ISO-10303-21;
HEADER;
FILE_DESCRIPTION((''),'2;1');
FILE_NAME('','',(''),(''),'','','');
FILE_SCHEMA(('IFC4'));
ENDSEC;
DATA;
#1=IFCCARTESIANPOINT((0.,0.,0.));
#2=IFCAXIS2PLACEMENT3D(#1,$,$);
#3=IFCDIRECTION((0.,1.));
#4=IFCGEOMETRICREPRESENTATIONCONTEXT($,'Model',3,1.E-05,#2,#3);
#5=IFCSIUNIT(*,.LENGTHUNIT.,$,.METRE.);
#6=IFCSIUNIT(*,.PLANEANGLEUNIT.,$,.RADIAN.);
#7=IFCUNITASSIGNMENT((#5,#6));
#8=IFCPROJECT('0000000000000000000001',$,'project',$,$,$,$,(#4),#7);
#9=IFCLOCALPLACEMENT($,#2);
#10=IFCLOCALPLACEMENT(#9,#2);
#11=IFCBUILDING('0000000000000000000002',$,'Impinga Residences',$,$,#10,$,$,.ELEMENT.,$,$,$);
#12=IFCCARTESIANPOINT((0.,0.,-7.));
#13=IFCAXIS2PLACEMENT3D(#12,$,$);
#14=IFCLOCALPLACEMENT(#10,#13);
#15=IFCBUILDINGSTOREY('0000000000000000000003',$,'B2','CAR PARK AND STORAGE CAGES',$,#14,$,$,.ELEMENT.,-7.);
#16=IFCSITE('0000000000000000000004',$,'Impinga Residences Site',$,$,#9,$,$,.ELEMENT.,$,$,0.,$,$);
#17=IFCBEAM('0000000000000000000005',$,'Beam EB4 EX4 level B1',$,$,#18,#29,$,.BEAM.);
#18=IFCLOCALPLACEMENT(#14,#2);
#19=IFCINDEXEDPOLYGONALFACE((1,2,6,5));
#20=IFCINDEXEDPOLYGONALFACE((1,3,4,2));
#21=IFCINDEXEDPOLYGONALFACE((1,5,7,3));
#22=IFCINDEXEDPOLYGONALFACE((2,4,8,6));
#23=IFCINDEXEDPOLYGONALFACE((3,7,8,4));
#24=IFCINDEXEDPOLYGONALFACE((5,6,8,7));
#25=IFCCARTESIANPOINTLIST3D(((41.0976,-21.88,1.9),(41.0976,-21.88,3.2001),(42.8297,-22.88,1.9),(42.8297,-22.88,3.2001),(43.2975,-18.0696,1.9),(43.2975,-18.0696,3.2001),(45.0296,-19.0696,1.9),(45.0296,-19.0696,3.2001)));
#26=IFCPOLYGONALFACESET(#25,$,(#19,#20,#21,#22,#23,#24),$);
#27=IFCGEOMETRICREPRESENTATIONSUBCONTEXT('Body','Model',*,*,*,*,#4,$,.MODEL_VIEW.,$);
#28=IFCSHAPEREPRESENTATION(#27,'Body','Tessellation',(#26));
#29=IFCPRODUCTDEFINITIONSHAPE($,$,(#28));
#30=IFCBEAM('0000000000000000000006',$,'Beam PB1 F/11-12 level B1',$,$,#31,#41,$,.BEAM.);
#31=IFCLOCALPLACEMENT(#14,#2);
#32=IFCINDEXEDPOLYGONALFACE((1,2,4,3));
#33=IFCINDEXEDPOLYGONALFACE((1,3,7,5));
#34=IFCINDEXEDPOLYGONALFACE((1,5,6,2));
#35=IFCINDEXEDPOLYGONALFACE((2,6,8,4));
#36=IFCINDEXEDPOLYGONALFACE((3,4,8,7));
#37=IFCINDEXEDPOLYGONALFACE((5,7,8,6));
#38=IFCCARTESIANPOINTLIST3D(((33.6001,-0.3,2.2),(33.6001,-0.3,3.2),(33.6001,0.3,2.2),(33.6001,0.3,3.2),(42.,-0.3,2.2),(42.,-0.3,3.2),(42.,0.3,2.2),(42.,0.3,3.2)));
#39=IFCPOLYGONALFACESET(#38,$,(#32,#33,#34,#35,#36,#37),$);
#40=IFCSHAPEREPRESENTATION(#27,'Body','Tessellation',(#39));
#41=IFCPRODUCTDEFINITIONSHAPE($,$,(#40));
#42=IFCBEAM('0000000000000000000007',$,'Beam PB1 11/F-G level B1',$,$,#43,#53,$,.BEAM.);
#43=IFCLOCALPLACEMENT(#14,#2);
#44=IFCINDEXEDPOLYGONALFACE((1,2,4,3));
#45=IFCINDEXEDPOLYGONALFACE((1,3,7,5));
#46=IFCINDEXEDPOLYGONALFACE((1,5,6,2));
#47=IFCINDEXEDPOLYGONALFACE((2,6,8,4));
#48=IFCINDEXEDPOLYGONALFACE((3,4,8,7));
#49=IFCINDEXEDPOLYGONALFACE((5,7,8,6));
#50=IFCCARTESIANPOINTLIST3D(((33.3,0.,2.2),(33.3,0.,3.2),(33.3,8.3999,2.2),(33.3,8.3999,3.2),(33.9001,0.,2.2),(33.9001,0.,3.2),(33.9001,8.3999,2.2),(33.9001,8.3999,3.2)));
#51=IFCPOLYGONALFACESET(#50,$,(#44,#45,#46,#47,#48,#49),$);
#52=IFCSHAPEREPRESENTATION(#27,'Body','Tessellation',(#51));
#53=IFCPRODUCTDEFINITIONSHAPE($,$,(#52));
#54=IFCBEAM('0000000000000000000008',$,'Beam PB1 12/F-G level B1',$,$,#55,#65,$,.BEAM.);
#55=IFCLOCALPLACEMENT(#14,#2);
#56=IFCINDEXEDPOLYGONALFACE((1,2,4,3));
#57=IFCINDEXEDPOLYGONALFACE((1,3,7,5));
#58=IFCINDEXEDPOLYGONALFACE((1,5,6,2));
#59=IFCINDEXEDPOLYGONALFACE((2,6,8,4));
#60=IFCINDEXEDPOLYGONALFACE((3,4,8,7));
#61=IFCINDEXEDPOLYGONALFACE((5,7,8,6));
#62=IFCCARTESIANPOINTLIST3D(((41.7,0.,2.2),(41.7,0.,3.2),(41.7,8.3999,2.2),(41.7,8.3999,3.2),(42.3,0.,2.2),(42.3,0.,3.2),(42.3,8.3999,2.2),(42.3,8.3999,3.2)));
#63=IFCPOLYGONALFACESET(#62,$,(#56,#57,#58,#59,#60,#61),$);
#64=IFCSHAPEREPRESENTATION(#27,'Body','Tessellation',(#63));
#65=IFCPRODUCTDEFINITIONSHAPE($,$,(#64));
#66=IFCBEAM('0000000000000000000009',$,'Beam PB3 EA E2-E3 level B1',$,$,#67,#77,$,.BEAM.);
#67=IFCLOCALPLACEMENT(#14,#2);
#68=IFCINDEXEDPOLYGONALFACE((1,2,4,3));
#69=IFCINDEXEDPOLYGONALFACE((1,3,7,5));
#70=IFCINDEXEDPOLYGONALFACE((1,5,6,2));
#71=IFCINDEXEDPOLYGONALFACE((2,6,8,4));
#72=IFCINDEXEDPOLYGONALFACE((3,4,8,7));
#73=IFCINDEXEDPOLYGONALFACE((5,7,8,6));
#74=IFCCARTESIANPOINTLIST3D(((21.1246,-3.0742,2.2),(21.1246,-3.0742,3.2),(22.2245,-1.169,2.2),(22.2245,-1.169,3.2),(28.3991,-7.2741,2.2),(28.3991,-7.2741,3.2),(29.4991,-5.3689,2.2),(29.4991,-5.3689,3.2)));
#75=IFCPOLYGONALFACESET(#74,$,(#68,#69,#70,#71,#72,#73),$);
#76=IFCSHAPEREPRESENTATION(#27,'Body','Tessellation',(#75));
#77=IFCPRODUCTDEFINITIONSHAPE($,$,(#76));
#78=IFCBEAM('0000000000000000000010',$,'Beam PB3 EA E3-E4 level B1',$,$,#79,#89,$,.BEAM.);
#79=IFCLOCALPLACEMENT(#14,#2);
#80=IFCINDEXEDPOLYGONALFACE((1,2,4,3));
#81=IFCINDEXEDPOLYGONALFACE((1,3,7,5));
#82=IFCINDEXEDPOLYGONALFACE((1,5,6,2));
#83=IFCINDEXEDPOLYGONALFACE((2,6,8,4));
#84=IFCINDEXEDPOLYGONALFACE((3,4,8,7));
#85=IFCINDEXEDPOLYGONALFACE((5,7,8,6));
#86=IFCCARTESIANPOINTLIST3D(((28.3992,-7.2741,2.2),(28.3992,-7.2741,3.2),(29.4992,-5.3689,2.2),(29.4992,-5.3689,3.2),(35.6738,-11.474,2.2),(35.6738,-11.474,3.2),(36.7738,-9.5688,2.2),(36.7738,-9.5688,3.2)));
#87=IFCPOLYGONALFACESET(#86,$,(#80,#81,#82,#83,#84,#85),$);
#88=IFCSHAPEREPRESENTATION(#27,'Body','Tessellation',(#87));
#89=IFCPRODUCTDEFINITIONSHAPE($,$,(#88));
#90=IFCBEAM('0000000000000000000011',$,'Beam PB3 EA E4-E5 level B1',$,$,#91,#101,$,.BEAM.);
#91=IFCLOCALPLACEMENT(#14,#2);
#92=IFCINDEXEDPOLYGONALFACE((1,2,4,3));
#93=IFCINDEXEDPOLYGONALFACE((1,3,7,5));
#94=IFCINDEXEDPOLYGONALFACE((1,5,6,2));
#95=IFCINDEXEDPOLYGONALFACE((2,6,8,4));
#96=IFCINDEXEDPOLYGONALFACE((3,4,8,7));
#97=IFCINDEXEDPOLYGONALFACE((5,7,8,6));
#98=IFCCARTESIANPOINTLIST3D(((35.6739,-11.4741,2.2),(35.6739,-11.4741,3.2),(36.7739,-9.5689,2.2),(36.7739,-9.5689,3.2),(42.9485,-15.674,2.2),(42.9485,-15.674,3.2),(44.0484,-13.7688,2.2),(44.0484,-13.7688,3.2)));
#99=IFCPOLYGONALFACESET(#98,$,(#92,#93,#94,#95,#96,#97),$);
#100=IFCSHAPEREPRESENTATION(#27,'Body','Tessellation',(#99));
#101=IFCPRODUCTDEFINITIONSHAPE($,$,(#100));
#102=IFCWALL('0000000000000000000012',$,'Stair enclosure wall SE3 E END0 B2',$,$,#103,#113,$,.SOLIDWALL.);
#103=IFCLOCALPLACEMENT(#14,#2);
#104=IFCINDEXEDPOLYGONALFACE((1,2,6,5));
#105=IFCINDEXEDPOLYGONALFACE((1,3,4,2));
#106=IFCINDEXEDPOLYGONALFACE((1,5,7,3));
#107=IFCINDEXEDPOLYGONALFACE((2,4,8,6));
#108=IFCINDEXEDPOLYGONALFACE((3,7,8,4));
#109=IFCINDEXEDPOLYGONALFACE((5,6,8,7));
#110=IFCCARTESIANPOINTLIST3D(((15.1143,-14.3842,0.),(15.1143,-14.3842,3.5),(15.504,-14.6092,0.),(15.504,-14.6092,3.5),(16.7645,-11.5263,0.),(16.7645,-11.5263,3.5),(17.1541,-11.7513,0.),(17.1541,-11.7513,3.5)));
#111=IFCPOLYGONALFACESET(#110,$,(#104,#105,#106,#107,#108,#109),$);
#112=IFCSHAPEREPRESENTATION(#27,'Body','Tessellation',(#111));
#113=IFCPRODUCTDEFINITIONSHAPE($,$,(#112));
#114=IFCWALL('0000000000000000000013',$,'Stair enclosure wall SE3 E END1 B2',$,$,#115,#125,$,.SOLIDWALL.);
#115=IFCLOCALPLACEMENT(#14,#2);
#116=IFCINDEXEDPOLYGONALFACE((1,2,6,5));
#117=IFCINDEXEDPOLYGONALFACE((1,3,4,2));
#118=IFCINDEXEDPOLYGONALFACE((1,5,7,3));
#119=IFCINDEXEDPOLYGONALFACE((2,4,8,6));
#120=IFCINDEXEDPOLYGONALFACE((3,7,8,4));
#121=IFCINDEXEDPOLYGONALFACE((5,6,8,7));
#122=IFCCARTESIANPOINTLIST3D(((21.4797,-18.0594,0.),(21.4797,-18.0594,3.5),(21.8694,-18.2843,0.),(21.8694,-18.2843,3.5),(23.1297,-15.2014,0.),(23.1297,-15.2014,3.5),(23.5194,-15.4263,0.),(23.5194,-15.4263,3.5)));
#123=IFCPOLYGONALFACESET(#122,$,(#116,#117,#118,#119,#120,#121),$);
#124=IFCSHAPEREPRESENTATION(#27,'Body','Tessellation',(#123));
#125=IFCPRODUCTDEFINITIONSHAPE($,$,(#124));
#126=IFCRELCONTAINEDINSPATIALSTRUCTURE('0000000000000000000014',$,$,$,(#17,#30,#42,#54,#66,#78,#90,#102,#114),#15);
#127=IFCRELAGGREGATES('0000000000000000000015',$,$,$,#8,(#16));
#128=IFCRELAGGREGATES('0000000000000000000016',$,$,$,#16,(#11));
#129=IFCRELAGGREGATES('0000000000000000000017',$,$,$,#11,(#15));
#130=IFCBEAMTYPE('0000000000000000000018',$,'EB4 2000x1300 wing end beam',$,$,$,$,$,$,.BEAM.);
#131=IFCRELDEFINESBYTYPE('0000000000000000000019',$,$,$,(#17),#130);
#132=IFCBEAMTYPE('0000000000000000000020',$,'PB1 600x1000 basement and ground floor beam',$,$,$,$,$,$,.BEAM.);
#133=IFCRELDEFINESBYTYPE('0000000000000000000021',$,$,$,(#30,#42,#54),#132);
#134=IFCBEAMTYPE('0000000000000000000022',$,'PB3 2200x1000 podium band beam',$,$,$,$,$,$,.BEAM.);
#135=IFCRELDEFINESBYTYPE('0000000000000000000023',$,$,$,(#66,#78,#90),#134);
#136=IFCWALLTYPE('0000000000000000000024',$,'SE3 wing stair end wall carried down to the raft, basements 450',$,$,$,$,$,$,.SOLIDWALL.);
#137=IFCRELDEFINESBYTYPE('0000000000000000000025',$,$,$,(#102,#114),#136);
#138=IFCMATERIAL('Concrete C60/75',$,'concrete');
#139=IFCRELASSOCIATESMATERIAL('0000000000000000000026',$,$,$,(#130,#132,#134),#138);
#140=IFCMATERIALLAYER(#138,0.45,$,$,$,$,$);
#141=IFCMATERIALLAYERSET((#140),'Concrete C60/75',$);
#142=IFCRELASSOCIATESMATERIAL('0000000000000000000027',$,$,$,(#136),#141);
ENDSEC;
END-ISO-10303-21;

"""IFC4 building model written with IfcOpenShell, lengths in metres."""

from ifc_helpers import new_model, si_unit, direction, frame, frame_2d, origin, origin_2d, place, context, subcontext, project, spatial, rectangle, extrude, material, layer, layer_set, material_profile, profile_set, type_object, element, save


model = new_model("IFC4")

# Units and contexts
model_context = context("Model", 3, precision=1e-05, world=origin(), true_north=direction((0.0, 1.0)))
body_context = subcontext(model_context, "Body", "Model", "MODEL_VIEW")
ifc_project = project(units=[si_unit("LENGTHUNIT", "METRE"), si_unit("PLANEANGLEUNIT", "RADIAN")], contexts=[model_context])

# Site, building, storey
site_placement = place(None, origin())
site = spatial("IfcSite", under=ifc_project, at=site_placement, Name="Impinga Residences Site", CompositionType="ELEMENT", RefElevation=0.0)
building_placement = place(site_placement, origin())
building = spatial("IfcBuilding", under=site, at=building_placement, Name="Impinga Residences", CompositionType="ELEMENT")
storey_placement = place(building_placement, frame((0.0, 0.0, -7.0)))
storey = spatial("IfcBuildingStorey", under=building, at=storey_placement, Name="B2", Description="CAR PARK AND STORAGE CAGES", CompositionType="ELEMENT", Elevation=-7.0)

# Beams
ifc_material_1 = material(Name="Concrete C60/75", Category="concrete")
ifc_material_profile_1 = material_profile(ifc_material_1, rectangle(XDim=2.0, YDim=1.3, at=origin_2d()), Name="RC 2000x1300")
ifc_profile_set_1 = profile_set([ifc_material_profile_1], Name="Concrete C60/75")
beam_type_1 = type_object("IfcBeamType", Name="EB4 2000x1300 wing end beam", PredefinedType="BEAM", material=ifc_profile_set_1)
beam_1_placement = place(storey_placement, frame((44.1636, -18.5696, 2.55), z_axis=(-0.499988, -0.866032, 0.0), x_axis=(0.866032, -0.499988, 0.0)))
element("IfcBeam", 1, at=beam_1_placement, inside=storey, type_object=beam_type_1, Name="Beam EB4 EX4 level B1", PredefinedType="BEAM", context=body_context, shape_type="SweptSolid", body=[
    extrude(rectangle(XDim=2.0, YDim=1.3, at=origin_2d()), origin(), (0.0, 0.0, 1.0), 4.3999),
])
ifc_material_profile_2 = material_profile(ifc_material_1, rectangle(XDim=0.6001, YDim=1.0, at=origin_2d()), Name="RC 600x1000")
ifc_profile_set_2 = profile_set([ifc_material_profile_2], Name="Concrete C60/75")
beam_type_2 = type_object("IfcBeamType", Name="PB1 600x1000 basement and ground floor beam", PredefinedType="BEAM", material=ifc_profile_set_2)
for number, where, z_axis, x_axis, name in (
    (2, (33.6001, 0.0, 2.7), (1.0, 0.0, 0.0), (0.0, 1.0, 0.0), "Beam PB1 F/11-12 level B1"),
    (3, (33.6001, 0.0, 2.7), (0.0, 1.0, 0.0), (-1.0, 0.0, 0.0), "Beam PB1 11/F-G level B1"),
    (4, (42.0, 0.0, 2.7), (0.0, 1.0, 0.0), (-1.0, 0.0, 0.0), "Beam PB1 12/F-G level B1"),
):
    element("IfcBeam", number, at=place(storey_placement, frame(where, z_axis=z_axis, x_axis=x_axis)), inside=storey, type_object=beam_type_2, Name=name, PredefinedType="BEAM", context=body_context, shape_type="SweptSolid", body=[
        extrude(rectangle(XDim=0.6001, YDim=1.0, at=origin_2d()), origin(), (0.0, 0.0, 1.0), 8.3999),
    ])
ifc_material_profile_3 = material_profile(ifc_material_1, rectangle(XDim=2.2, YDim=1.0, at=origin_2d()), Name="RC 2200x1000")
ifc_profile_set_3 = profile_set([ifc_material_profile_3], Name="Concrete C60/75")
beam_type_3 = type_object("IfcBeamType", Name="PB3 2200x1000 podium band beam", PredefinedType="BEAM", material=ifc_profile_set_3)
for number, where, z_axis, x_axis, name in (
    (5, (21.6746, -2.1216, 2.7), (0.866029, -0.499993, 0.0), (0.499993, 0.866029, 0.0), "Beam PB3 EA E2-E3 level B1"),
    (6, (28.9492, -6.3215, 2.7), (0.866029, -0.499993, 0.0), (0.499993, 0.866029, 0.0), "Beam PB3 EA E3-E4 level B1"),
    (7, (36.2239, -10.5215, 2.7), (0.866029, -0.499993, 0.0), (0.499993, 0.866029, 0.0), "Beam PB3 EA E4-E5 level B1"),
):
    element("IfcBeam", number, at=place(storey_placement, frame(where, z_axis=z_axis, x_axis=x_axis)), inside=storey, type_object=beam_type_3, Name=name, PredefinedType="BEAM", context=body_context, shape_type="SweptSolid", body=[
        extrude(rectangle(XDim=2.2, YDim=1.0, at=origin_2d()), origin(), (0.0, 0.0, 1.0), 8.3999),
    ])

# Walls
ifc_layer = layer(ifc_material_1, 0.45)
ifc_layer_set = layer_set([ifc_layer], Name="Concrete C60/75")
wall_type = type_object("IfcWallType", Name="SE3 wing stair end wall carried down to the raft, basements 450", PredefinedType="SOLIDWALL", material=ifc_layer_set)
for number, where, z_axis, x_axis, name in (
    (8, (16.9592, -11.6389, 0.0), (0.0, 0.0, 1.0), (-0.50003, -0.866008, 0.0), "Stair enclosure wall SE3 E END0 B2"),
    (9, (23.3245, -15.314, 0.0), (0.0, 0.0, 1.0), (-0.499974, -0.86604, 0.0), "Stair enclosure wall SE3 E END1 B2"),
):
    element("IfcWall", number, at=place(storey_placement, frame(where, z_axis=z_axis, x_axis=x_axis)), inside=storey, type_object=wall_type, Name=name, PredefinedType="SOLIDWALL", context=body_context, shape_type="SweptSolid", body=[
        extrude(rectangle(XDim=3.3, YDim=0.45, at=frame_2d((1.6499, 0.0))), origin(), (0.0, 0.0, 1.0), 3.5),
    ])

save(model, "model.ifc")
